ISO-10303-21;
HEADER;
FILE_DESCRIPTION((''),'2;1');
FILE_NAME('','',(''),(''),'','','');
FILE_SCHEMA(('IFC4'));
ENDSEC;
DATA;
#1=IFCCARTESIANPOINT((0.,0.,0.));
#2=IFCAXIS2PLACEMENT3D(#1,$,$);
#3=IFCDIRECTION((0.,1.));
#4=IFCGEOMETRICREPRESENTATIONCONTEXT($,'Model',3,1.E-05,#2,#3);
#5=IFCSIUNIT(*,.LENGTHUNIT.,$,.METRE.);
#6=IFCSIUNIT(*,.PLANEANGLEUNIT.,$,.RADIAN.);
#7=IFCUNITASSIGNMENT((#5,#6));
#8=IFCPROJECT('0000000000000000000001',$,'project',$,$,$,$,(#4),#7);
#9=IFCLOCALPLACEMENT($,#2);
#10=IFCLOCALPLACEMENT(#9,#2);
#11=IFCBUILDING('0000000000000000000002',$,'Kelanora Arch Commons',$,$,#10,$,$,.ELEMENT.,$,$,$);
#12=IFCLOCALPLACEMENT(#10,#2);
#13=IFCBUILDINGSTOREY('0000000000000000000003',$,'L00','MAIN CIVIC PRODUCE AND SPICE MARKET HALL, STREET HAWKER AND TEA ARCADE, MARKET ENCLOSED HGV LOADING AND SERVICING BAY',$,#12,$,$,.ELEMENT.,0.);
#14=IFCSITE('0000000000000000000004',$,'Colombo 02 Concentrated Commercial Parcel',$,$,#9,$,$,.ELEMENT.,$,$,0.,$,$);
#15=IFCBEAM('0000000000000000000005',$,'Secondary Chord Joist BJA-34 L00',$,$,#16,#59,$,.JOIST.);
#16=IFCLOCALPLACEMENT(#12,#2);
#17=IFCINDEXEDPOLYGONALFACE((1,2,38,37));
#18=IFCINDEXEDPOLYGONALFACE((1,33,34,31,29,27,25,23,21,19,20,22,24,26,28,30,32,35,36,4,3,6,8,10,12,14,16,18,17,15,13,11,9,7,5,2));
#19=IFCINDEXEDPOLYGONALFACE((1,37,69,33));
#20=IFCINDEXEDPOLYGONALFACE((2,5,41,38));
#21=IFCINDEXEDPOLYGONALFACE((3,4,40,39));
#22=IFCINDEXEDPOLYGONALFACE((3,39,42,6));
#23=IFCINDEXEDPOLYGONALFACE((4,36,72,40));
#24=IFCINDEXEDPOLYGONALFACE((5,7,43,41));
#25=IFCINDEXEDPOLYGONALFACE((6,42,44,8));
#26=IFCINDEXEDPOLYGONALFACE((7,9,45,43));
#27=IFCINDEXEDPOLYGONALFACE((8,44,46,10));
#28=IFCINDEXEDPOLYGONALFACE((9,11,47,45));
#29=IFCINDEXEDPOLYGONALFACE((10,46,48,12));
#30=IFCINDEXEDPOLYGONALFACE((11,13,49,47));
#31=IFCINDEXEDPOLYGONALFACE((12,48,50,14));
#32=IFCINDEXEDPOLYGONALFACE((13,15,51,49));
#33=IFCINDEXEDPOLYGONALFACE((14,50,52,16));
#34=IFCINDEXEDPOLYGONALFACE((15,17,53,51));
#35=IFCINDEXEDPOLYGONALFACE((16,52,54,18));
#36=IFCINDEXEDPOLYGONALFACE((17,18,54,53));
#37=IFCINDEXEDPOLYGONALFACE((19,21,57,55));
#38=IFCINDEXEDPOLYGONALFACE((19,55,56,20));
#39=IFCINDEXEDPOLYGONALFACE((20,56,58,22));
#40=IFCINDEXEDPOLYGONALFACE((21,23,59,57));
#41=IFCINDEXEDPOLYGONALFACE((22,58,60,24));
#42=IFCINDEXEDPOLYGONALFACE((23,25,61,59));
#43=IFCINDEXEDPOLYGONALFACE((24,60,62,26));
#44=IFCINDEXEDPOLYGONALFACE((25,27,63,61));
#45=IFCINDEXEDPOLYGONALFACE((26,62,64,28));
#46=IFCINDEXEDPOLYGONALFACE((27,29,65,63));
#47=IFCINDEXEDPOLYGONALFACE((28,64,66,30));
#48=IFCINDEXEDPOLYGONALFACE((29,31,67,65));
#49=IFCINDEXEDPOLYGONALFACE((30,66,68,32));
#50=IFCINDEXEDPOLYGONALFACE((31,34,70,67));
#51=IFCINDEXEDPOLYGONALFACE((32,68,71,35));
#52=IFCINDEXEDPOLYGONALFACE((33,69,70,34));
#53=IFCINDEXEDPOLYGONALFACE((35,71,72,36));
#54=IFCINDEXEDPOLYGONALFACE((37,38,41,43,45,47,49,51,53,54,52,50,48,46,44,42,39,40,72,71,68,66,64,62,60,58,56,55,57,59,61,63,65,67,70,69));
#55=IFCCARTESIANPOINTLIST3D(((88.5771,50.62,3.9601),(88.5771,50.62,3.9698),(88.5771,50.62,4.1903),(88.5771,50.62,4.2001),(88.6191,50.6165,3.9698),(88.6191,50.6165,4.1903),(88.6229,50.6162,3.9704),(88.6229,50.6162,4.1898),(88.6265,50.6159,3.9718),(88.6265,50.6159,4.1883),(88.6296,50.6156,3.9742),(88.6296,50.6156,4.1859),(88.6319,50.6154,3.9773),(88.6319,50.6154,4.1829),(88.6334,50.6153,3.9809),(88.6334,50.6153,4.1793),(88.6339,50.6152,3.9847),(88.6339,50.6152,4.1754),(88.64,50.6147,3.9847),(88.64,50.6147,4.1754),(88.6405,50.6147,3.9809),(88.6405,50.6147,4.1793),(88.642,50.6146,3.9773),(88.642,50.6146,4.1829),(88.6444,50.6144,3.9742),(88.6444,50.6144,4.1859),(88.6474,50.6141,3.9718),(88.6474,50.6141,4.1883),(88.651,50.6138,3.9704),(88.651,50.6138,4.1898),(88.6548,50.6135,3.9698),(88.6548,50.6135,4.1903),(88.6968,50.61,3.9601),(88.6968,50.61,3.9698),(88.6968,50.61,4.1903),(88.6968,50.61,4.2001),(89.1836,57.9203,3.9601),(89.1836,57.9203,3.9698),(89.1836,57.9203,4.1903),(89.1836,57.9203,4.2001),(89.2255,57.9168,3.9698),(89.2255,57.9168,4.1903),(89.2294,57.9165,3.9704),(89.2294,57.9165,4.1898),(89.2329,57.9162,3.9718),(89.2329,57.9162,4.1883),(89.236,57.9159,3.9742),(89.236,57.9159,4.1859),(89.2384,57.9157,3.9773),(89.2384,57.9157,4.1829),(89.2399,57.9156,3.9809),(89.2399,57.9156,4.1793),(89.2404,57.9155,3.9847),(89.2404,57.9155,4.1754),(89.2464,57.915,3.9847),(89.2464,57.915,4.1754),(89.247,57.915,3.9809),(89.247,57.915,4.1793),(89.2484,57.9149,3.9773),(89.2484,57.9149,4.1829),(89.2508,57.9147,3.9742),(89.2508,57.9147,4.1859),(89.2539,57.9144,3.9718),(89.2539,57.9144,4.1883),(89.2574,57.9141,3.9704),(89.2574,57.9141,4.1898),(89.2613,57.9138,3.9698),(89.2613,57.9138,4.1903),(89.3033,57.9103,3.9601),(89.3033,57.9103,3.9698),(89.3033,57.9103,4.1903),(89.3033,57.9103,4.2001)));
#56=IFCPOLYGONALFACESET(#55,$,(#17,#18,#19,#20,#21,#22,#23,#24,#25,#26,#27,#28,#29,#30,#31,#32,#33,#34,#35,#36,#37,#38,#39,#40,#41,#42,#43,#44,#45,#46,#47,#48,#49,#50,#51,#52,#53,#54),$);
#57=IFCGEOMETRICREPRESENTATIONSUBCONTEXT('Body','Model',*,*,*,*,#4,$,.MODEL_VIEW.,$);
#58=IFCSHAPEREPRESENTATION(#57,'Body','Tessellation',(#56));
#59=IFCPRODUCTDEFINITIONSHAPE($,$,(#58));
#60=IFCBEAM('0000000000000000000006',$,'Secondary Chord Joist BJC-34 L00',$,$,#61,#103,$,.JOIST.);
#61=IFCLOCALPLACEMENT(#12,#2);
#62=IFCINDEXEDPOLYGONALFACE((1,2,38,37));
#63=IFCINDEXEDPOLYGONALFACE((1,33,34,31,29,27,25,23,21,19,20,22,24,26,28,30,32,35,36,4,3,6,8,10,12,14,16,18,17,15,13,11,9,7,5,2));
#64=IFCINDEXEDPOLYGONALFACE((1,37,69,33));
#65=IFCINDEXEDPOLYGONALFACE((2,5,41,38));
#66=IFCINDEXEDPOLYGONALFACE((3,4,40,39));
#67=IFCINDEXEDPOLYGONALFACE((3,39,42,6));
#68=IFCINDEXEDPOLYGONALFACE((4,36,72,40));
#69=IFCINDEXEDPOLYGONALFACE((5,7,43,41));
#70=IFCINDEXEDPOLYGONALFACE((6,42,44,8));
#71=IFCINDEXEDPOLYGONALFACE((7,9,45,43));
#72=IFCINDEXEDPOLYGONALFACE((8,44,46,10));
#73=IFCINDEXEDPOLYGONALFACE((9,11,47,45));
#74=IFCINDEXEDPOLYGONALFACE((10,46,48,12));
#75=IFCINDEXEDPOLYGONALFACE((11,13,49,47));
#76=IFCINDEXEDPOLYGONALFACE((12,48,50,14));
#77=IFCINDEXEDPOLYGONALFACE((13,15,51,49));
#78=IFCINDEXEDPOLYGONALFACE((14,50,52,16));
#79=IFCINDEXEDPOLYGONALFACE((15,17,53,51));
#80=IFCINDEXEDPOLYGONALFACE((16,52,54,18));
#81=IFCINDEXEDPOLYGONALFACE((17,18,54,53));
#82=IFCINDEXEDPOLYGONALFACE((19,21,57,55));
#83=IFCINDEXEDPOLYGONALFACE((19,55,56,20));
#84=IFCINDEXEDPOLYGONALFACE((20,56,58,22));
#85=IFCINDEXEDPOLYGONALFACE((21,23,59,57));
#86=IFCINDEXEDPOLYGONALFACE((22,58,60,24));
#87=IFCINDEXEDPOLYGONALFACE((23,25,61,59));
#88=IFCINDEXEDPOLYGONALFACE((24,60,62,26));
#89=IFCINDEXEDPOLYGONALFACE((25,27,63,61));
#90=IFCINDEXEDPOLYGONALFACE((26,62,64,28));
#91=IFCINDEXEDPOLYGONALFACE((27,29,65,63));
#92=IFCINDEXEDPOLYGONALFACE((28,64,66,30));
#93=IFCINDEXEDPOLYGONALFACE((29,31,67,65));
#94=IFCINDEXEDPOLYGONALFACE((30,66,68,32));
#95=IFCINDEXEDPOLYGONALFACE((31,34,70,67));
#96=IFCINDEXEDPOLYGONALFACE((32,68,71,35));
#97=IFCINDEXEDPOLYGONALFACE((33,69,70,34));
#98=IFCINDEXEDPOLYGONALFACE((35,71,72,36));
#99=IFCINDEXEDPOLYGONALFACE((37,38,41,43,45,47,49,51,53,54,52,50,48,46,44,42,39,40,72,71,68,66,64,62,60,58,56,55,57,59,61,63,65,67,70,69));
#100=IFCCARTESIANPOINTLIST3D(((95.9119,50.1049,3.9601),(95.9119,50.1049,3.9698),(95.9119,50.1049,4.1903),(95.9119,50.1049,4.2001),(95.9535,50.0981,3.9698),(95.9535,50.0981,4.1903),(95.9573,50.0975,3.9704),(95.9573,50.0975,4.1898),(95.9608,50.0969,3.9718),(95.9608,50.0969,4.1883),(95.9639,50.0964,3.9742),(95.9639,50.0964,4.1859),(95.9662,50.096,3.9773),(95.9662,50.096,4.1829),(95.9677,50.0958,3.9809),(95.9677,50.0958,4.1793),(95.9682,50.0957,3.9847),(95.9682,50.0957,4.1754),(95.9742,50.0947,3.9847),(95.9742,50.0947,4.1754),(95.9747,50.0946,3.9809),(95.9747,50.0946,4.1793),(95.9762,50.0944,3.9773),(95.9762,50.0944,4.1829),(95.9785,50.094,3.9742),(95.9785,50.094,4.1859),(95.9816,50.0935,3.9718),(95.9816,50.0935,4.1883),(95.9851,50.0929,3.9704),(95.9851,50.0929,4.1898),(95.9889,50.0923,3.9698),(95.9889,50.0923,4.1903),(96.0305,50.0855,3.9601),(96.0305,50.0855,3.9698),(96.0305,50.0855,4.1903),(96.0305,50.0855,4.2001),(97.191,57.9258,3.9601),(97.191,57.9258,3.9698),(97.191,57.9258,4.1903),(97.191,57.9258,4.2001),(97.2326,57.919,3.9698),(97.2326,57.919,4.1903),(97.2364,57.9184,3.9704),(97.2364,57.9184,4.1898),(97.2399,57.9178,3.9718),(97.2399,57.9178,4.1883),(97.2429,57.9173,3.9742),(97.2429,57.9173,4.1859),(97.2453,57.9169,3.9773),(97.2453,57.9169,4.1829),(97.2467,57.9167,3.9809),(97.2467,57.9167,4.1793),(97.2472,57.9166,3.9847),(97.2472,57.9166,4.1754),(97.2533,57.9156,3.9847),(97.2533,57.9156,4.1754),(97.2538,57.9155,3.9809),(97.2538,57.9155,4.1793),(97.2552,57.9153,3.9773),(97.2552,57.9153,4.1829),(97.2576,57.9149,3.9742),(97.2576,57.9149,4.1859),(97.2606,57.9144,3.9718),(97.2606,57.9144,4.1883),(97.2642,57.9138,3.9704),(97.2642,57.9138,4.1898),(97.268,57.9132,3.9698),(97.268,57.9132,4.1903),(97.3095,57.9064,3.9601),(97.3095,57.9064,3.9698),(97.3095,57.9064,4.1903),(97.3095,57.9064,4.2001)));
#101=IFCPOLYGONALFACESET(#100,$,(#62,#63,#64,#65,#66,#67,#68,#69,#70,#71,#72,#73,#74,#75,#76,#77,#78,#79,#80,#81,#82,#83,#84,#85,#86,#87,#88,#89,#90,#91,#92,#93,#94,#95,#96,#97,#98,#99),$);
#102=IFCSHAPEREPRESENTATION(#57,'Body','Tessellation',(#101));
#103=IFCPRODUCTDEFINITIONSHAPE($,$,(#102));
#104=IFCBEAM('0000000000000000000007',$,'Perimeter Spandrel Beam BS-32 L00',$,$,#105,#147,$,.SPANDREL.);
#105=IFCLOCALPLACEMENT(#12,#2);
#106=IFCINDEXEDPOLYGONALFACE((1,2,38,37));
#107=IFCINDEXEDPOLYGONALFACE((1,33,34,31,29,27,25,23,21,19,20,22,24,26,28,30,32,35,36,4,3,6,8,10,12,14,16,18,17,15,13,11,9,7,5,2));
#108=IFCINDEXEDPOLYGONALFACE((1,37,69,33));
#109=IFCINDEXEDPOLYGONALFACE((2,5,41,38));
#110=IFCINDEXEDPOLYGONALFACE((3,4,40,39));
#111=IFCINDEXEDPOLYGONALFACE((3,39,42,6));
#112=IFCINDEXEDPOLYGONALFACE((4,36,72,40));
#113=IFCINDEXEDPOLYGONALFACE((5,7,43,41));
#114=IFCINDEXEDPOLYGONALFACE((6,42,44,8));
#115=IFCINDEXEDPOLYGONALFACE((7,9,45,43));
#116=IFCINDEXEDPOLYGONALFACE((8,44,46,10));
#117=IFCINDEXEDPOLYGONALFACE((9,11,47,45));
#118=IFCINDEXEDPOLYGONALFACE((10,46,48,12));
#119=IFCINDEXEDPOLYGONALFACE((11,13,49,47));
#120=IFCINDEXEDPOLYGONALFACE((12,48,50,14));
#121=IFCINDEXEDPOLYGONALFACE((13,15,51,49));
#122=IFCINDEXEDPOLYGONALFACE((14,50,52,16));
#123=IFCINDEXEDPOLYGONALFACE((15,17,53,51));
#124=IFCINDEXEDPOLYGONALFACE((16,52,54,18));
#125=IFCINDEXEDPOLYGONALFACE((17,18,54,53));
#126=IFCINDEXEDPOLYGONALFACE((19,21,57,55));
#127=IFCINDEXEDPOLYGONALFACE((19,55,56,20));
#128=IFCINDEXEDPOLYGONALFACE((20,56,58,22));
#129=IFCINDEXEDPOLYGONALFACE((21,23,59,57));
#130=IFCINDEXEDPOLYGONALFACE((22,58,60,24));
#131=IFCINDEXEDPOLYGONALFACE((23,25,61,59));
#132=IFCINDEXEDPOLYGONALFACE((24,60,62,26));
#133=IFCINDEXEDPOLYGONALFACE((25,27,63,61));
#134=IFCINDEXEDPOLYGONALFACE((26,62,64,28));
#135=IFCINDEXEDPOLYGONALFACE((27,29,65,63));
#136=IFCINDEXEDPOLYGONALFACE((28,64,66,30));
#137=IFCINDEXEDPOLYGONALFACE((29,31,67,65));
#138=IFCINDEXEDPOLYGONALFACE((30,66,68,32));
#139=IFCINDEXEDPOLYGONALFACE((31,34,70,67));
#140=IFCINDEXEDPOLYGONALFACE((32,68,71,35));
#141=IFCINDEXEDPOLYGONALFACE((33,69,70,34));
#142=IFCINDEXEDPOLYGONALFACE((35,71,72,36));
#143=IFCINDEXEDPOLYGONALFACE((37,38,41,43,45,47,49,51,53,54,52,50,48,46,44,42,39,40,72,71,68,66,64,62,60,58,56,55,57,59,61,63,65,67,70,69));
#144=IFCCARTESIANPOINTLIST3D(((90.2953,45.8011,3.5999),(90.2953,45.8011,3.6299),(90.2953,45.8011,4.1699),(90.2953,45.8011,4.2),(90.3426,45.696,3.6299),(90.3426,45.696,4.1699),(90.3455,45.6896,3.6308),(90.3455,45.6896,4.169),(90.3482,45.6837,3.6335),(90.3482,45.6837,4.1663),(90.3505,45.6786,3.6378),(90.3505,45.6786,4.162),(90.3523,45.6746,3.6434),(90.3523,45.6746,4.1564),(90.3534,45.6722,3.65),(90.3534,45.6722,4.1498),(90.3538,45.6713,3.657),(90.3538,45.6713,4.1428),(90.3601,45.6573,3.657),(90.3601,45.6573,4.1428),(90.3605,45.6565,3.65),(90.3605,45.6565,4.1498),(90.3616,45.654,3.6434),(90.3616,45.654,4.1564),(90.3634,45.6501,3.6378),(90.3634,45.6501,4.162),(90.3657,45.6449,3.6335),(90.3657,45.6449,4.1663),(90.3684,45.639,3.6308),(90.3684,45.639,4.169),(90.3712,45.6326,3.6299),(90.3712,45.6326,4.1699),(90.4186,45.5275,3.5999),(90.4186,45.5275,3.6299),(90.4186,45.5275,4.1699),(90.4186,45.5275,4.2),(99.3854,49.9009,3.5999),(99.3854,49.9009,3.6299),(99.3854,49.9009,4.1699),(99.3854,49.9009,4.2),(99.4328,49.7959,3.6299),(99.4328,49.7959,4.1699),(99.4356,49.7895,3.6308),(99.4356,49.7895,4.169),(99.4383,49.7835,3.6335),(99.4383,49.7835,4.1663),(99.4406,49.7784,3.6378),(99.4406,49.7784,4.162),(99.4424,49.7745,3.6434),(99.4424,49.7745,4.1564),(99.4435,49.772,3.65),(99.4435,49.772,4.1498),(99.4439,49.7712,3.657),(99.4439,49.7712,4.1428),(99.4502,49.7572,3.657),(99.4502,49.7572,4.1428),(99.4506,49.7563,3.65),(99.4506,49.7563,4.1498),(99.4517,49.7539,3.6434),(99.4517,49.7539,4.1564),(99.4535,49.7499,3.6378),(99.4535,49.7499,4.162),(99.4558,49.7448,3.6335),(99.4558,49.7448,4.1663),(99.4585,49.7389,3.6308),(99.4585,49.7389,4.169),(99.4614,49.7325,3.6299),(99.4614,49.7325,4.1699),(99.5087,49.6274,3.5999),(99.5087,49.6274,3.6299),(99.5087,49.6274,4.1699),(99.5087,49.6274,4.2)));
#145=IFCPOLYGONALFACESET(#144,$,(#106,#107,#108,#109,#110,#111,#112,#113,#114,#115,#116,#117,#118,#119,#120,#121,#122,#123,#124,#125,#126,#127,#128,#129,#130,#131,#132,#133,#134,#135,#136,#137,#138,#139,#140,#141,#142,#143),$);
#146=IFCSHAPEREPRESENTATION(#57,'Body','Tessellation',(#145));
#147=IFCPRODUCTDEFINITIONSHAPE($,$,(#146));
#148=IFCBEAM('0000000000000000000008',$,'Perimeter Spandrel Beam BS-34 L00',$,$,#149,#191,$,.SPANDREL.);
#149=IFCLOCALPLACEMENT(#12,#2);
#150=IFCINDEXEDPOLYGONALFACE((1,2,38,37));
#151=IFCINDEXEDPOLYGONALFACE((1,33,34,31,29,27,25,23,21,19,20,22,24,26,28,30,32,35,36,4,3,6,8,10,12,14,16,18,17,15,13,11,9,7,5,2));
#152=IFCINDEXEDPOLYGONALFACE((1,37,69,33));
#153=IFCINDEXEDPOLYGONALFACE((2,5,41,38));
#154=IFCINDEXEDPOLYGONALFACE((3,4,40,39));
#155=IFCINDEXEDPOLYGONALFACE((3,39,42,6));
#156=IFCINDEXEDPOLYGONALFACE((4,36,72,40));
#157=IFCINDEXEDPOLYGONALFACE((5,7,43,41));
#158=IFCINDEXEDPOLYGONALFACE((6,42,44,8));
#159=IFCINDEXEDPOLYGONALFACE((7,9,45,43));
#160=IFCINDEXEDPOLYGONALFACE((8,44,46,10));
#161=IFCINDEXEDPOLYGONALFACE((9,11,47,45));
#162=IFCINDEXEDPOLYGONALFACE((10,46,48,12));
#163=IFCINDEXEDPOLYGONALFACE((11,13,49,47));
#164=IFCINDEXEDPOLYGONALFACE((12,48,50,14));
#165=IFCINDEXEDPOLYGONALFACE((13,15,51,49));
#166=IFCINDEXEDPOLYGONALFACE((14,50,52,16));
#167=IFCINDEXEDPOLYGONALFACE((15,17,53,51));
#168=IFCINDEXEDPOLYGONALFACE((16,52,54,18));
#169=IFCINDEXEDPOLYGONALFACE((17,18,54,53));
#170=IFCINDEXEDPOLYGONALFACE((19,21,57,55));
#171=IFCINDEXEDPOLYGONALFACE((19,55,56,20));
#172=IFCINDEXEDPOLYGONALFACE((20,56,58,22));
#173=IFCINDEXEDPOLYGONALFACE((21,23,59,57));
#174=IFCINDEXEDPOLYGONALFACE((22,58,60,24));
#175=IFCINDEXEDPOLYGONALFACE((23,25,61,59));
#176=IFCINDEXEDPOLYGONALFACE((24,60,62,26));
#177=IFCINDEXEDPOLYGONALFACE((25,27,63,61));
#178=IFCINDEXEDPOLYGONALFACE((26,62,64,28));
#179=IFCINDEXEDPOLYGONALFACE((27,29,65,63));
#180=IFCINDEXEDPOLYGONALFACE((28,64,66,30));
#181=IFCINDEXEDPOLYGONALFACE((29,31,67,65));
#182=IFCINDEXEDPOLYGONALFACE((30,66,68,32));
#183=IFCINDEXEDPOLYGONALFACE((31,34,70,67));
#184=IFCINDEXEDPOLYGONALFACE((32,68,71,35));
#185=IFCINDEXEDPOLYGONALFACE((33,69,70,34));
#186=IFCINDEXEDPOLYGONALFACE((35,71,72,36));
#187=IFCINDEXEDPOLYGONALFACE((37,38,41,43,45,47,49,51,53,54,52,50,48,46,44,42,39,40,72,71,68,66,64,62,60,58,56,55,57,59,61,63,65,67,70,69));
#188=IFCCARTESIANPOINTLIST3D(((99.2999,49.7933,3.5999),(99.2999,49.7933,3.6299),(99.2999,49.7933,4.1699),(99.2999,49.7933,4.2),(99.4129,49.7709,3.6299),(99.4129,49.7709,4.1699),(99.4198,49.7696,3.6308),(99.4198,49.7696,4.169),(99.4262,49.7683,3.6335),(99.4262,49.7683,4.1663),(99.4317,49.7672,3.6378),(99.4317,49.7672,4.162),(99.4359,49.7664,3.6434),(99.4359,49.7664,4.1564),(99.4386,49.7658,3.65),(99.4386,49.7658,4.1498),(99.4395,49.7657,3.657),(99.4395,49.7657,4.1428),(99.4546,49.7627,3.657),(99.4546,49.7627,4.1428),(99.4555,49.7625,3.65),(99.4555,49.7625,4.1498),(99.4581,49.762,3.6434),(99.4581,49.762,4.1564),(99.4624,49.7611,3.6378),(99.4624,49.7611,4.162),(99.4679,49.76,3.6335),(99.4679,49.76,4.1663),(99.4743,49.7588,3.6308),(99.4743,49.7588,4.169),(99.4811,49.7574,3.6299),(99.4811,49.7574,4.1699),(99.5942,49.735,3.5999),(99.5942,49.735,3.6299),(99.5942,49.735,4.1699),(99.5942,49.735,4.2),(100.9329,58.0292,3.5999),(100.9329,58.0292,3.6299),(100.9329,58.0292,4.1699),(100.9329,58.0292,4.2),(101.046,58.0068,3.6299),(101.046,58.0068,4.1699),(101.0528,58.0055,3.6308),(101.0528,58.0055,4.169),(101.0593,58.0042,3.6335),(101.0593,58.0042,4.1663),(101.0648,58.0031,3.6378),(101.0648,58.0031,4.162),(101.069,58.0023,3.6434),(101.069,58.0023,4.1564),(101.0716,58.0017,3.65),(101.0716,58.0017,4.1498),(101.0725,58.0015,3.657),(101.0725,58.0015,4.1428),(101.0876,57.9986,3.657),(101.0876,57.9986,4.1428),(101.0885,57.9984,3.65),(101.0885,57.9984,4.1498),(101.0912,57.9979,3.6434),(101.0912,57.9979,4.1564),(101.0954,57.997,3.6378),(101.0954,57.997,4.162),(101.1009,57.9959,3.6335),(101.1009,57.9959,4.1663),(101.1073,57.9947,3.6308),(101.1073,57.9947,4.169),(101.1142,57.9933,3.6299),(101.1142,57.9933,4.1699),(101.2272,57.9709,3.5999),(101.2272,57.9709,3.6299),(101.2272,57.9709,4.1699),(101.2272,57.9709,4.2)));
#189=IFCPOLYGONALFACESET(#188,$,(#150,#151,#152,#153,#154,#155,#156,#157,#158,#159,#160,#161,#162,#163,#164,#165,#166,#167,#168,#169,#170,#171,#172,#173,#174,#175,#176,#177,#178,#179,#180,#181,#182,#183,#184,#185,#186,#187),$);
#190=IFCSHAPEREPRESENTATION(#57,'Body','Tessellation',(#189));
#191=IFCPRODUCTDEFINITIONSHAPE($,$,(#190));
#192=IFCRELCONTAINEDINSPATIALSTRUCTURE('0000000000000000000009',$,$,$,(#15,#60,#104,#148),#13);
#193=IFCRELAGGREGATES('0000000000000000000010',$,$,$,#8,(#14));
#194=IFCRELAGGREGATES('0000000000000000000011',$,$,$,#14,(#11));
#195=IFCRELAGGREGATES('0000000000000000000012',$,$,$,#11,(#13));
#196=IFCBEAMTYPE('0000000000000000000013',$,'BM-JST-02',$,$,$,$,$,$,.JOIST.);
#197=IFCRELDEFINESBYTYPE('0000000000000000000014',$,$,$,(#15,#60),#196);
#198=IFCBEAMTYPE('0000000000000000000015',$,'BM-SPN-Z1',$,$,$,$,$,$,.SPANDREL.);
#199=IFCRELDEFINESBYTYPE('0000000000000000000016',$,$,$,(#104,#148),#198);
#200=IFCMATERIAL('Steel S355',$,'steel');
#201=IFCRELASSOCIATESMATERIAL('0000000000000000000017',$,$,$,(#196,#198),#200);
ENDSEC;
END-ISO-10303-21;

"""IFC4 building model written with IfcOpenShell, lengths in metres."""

from ifc_helpers import new_model, si_unit, direction, frame, origin, origin_2d, place, context, subcontext, project, spatial, i_section, extrude, material, material_profile, profile_set, type_object, element, save


model = new_model("IFC4")

# Units and contexts
model_context = context("Model", 3, precision=1e-05, world=origin(), true_north=direction((0.0, 1.0)))
body_context = subcontext(model_context, "Body", "Model", "MODEL_VIEW")
ifc_project = project(units=[si_unit("LENGTHUNIT", "METRE"), si_unit("PLANEANGLEUNIT", "RADIAN")], contexts=[model_context])

# Site, building, storey
site_placement = place(None, origin())
site = spatial("IfcSite", under=ifc_project, at=site_placement, Name="Colombo 02 Concentrated Commercial Parcel", CompositionType="ELEMENT", RefElevation=0.0)
building_placement = place(site_placement, origin())
building = spatial("IfcBuilding", under=site, at=building_placement, Name="Kelanora Arch Commons", CompositionType="ELEMENT")
storey_placement = place(building_placement, origin())
storey = spatial("IfcBuildingStorey", under=building, at=storey_placement, Name="L00", Description="MAIN CIVIC PRODUCE AND SPICE MARKET HALL, STREET HAWKER AND TEA ARCADE, MARKET ENCLOSED HGV LOADING AND SERVICING BAY", CompositionType="ELEMENT", Elevation=0.0)

# Shared definitions
ifc_material_1 = material(Name="Steel S355", Category="steel")

# Beams
ifc_material_profile_1 = material_profile(ifc_material_1, i_section(OverallWidth=0.1201, OverallDepth=0.24, WebThickness=0.0061, FlangeThickness=0.0098, FilletRadius=0.0149, at=origin_2d()), Name="IPE240")
ifc_profile_set_1 = profile_set([ifc_material_profile_1], Name="Steel S355")
beam_type_1 = type_object("IfcBeamType", Name="BM-JST-02", PredefinedType="JOIST", material=ifc_profile_set_1)
beam_1_placement = place(storey_placement, frame((88.637, 50.615, 4.0801), z_axis=(0.082786, 0.996567, 0.0), x_axis=(-0.996567, 0.082786, 0.0)))
element("IfcBeam", 1, at=beam_1_placement, inside=storey, type_object=beam_type_1, Name="Secondary Chord Joist BJA-34 L00", PredefinedType="JOIST", context=body_context, shape_type="SweptSolid", body=[
    extrude(i_section(OverallWidth=0.1201, OverallDepth=0.24, WebThickness=0.0061, FlangeThickness=0.0098, FilletRadius=0.0149, at=origin_2d()), origin(), (0.0, 0.0, 1.0), 7.3254),
])
beam_2_placement = place(storey_placement, frame((95.9712, 50.0952, 4.0801), z_axis=(0.161401, 0.986889, 0.0), x_axis=(-0.986889, 0.161401, 0.0)))
element("IfcBeam", 2, at=beam_2_placement, inside=storey, type_object=beam_type_1, Name="Secondary Chord Joist BJC-34 L00", PredefinedType="JOIST", context=body_context, shape_type="SweptSolid", body=[
    extrude(i_section(OverallWidth=0.1201, OverallDepth=0.24, WebThickness=0.0061, FlangeThickness=0.0098, FilletRadius=0.0149, at=origin_2d()), origin(), (0.0, 0.0, 1.0), 7.9248),
])
ifc_material_profile_2 = material_profile(ifc_material_1, i_section(OverallWidth=0.3, OverallDepth=0.6001, WebThickness=0.0154, FlangeThickness=0.03, FilletRadius=0.0271, at=origin_2d()), Name="HEB600")
ifc_profile_set_2 = profile_set([ifc_material_profile_2], Name="Steel S355")
beam_type_2 = type_object("IfcBeamType", Name="BM-SPN-Z1", PredefinedType="SPANDREL", material=ifc_profile_set_2)
beam_3_placement = place(storey_placement, frame((90.3569, 45.6643, 3.8999), z_axis=(0.911572, 0.411141, 0.0), x_axis=(-0.411141, 0.911572, 0.0)))
element("IfcBeam", 3, at=beam_3_placement, inside=storey, type_object=beam_type_2, Name="Perimeter Spandrel Beam BS-32 L00", PredefinedType="SPANDREL", context=body_context, shape_type="SweptSolid", body=[
    extrude(i_section(OverallWidth=0.3, OverallDepth=0.6001, WebThickness=0.0154, FlangeThickness=0.03, FilletRadius=0.0271, at=origin_2d()), origin(), (0.0, 0.0, 1.0), 9.9719),
])
beam_4_placement = place(storey_placement, frame((99.447, 49.7642, 3.8999), z_axis=(0.1945, 0.980903, 0.0), x_axis=(-0.980903, 0.1945, 0.0)))
element("IfcBeam", 4, at=beam_4_placement, inside=storey, type_object=beam_type_2, Name="Perimeter Spandrel Beam BS-34 L00", PredefinedType="SPANDREL", context=body_context, shape_type="SweptSolid", body=[
    extrude(i_section(OverallWidth=0.3, OverallDepth=0.6001, WebThickness=0.0154, FlangeThickness=0.03, FilletRadius=0.0271, at=origin_2d()), origin(), (0.0, 0.0, 1.0), 8.3962),
])

save(model, "model.ifc")
